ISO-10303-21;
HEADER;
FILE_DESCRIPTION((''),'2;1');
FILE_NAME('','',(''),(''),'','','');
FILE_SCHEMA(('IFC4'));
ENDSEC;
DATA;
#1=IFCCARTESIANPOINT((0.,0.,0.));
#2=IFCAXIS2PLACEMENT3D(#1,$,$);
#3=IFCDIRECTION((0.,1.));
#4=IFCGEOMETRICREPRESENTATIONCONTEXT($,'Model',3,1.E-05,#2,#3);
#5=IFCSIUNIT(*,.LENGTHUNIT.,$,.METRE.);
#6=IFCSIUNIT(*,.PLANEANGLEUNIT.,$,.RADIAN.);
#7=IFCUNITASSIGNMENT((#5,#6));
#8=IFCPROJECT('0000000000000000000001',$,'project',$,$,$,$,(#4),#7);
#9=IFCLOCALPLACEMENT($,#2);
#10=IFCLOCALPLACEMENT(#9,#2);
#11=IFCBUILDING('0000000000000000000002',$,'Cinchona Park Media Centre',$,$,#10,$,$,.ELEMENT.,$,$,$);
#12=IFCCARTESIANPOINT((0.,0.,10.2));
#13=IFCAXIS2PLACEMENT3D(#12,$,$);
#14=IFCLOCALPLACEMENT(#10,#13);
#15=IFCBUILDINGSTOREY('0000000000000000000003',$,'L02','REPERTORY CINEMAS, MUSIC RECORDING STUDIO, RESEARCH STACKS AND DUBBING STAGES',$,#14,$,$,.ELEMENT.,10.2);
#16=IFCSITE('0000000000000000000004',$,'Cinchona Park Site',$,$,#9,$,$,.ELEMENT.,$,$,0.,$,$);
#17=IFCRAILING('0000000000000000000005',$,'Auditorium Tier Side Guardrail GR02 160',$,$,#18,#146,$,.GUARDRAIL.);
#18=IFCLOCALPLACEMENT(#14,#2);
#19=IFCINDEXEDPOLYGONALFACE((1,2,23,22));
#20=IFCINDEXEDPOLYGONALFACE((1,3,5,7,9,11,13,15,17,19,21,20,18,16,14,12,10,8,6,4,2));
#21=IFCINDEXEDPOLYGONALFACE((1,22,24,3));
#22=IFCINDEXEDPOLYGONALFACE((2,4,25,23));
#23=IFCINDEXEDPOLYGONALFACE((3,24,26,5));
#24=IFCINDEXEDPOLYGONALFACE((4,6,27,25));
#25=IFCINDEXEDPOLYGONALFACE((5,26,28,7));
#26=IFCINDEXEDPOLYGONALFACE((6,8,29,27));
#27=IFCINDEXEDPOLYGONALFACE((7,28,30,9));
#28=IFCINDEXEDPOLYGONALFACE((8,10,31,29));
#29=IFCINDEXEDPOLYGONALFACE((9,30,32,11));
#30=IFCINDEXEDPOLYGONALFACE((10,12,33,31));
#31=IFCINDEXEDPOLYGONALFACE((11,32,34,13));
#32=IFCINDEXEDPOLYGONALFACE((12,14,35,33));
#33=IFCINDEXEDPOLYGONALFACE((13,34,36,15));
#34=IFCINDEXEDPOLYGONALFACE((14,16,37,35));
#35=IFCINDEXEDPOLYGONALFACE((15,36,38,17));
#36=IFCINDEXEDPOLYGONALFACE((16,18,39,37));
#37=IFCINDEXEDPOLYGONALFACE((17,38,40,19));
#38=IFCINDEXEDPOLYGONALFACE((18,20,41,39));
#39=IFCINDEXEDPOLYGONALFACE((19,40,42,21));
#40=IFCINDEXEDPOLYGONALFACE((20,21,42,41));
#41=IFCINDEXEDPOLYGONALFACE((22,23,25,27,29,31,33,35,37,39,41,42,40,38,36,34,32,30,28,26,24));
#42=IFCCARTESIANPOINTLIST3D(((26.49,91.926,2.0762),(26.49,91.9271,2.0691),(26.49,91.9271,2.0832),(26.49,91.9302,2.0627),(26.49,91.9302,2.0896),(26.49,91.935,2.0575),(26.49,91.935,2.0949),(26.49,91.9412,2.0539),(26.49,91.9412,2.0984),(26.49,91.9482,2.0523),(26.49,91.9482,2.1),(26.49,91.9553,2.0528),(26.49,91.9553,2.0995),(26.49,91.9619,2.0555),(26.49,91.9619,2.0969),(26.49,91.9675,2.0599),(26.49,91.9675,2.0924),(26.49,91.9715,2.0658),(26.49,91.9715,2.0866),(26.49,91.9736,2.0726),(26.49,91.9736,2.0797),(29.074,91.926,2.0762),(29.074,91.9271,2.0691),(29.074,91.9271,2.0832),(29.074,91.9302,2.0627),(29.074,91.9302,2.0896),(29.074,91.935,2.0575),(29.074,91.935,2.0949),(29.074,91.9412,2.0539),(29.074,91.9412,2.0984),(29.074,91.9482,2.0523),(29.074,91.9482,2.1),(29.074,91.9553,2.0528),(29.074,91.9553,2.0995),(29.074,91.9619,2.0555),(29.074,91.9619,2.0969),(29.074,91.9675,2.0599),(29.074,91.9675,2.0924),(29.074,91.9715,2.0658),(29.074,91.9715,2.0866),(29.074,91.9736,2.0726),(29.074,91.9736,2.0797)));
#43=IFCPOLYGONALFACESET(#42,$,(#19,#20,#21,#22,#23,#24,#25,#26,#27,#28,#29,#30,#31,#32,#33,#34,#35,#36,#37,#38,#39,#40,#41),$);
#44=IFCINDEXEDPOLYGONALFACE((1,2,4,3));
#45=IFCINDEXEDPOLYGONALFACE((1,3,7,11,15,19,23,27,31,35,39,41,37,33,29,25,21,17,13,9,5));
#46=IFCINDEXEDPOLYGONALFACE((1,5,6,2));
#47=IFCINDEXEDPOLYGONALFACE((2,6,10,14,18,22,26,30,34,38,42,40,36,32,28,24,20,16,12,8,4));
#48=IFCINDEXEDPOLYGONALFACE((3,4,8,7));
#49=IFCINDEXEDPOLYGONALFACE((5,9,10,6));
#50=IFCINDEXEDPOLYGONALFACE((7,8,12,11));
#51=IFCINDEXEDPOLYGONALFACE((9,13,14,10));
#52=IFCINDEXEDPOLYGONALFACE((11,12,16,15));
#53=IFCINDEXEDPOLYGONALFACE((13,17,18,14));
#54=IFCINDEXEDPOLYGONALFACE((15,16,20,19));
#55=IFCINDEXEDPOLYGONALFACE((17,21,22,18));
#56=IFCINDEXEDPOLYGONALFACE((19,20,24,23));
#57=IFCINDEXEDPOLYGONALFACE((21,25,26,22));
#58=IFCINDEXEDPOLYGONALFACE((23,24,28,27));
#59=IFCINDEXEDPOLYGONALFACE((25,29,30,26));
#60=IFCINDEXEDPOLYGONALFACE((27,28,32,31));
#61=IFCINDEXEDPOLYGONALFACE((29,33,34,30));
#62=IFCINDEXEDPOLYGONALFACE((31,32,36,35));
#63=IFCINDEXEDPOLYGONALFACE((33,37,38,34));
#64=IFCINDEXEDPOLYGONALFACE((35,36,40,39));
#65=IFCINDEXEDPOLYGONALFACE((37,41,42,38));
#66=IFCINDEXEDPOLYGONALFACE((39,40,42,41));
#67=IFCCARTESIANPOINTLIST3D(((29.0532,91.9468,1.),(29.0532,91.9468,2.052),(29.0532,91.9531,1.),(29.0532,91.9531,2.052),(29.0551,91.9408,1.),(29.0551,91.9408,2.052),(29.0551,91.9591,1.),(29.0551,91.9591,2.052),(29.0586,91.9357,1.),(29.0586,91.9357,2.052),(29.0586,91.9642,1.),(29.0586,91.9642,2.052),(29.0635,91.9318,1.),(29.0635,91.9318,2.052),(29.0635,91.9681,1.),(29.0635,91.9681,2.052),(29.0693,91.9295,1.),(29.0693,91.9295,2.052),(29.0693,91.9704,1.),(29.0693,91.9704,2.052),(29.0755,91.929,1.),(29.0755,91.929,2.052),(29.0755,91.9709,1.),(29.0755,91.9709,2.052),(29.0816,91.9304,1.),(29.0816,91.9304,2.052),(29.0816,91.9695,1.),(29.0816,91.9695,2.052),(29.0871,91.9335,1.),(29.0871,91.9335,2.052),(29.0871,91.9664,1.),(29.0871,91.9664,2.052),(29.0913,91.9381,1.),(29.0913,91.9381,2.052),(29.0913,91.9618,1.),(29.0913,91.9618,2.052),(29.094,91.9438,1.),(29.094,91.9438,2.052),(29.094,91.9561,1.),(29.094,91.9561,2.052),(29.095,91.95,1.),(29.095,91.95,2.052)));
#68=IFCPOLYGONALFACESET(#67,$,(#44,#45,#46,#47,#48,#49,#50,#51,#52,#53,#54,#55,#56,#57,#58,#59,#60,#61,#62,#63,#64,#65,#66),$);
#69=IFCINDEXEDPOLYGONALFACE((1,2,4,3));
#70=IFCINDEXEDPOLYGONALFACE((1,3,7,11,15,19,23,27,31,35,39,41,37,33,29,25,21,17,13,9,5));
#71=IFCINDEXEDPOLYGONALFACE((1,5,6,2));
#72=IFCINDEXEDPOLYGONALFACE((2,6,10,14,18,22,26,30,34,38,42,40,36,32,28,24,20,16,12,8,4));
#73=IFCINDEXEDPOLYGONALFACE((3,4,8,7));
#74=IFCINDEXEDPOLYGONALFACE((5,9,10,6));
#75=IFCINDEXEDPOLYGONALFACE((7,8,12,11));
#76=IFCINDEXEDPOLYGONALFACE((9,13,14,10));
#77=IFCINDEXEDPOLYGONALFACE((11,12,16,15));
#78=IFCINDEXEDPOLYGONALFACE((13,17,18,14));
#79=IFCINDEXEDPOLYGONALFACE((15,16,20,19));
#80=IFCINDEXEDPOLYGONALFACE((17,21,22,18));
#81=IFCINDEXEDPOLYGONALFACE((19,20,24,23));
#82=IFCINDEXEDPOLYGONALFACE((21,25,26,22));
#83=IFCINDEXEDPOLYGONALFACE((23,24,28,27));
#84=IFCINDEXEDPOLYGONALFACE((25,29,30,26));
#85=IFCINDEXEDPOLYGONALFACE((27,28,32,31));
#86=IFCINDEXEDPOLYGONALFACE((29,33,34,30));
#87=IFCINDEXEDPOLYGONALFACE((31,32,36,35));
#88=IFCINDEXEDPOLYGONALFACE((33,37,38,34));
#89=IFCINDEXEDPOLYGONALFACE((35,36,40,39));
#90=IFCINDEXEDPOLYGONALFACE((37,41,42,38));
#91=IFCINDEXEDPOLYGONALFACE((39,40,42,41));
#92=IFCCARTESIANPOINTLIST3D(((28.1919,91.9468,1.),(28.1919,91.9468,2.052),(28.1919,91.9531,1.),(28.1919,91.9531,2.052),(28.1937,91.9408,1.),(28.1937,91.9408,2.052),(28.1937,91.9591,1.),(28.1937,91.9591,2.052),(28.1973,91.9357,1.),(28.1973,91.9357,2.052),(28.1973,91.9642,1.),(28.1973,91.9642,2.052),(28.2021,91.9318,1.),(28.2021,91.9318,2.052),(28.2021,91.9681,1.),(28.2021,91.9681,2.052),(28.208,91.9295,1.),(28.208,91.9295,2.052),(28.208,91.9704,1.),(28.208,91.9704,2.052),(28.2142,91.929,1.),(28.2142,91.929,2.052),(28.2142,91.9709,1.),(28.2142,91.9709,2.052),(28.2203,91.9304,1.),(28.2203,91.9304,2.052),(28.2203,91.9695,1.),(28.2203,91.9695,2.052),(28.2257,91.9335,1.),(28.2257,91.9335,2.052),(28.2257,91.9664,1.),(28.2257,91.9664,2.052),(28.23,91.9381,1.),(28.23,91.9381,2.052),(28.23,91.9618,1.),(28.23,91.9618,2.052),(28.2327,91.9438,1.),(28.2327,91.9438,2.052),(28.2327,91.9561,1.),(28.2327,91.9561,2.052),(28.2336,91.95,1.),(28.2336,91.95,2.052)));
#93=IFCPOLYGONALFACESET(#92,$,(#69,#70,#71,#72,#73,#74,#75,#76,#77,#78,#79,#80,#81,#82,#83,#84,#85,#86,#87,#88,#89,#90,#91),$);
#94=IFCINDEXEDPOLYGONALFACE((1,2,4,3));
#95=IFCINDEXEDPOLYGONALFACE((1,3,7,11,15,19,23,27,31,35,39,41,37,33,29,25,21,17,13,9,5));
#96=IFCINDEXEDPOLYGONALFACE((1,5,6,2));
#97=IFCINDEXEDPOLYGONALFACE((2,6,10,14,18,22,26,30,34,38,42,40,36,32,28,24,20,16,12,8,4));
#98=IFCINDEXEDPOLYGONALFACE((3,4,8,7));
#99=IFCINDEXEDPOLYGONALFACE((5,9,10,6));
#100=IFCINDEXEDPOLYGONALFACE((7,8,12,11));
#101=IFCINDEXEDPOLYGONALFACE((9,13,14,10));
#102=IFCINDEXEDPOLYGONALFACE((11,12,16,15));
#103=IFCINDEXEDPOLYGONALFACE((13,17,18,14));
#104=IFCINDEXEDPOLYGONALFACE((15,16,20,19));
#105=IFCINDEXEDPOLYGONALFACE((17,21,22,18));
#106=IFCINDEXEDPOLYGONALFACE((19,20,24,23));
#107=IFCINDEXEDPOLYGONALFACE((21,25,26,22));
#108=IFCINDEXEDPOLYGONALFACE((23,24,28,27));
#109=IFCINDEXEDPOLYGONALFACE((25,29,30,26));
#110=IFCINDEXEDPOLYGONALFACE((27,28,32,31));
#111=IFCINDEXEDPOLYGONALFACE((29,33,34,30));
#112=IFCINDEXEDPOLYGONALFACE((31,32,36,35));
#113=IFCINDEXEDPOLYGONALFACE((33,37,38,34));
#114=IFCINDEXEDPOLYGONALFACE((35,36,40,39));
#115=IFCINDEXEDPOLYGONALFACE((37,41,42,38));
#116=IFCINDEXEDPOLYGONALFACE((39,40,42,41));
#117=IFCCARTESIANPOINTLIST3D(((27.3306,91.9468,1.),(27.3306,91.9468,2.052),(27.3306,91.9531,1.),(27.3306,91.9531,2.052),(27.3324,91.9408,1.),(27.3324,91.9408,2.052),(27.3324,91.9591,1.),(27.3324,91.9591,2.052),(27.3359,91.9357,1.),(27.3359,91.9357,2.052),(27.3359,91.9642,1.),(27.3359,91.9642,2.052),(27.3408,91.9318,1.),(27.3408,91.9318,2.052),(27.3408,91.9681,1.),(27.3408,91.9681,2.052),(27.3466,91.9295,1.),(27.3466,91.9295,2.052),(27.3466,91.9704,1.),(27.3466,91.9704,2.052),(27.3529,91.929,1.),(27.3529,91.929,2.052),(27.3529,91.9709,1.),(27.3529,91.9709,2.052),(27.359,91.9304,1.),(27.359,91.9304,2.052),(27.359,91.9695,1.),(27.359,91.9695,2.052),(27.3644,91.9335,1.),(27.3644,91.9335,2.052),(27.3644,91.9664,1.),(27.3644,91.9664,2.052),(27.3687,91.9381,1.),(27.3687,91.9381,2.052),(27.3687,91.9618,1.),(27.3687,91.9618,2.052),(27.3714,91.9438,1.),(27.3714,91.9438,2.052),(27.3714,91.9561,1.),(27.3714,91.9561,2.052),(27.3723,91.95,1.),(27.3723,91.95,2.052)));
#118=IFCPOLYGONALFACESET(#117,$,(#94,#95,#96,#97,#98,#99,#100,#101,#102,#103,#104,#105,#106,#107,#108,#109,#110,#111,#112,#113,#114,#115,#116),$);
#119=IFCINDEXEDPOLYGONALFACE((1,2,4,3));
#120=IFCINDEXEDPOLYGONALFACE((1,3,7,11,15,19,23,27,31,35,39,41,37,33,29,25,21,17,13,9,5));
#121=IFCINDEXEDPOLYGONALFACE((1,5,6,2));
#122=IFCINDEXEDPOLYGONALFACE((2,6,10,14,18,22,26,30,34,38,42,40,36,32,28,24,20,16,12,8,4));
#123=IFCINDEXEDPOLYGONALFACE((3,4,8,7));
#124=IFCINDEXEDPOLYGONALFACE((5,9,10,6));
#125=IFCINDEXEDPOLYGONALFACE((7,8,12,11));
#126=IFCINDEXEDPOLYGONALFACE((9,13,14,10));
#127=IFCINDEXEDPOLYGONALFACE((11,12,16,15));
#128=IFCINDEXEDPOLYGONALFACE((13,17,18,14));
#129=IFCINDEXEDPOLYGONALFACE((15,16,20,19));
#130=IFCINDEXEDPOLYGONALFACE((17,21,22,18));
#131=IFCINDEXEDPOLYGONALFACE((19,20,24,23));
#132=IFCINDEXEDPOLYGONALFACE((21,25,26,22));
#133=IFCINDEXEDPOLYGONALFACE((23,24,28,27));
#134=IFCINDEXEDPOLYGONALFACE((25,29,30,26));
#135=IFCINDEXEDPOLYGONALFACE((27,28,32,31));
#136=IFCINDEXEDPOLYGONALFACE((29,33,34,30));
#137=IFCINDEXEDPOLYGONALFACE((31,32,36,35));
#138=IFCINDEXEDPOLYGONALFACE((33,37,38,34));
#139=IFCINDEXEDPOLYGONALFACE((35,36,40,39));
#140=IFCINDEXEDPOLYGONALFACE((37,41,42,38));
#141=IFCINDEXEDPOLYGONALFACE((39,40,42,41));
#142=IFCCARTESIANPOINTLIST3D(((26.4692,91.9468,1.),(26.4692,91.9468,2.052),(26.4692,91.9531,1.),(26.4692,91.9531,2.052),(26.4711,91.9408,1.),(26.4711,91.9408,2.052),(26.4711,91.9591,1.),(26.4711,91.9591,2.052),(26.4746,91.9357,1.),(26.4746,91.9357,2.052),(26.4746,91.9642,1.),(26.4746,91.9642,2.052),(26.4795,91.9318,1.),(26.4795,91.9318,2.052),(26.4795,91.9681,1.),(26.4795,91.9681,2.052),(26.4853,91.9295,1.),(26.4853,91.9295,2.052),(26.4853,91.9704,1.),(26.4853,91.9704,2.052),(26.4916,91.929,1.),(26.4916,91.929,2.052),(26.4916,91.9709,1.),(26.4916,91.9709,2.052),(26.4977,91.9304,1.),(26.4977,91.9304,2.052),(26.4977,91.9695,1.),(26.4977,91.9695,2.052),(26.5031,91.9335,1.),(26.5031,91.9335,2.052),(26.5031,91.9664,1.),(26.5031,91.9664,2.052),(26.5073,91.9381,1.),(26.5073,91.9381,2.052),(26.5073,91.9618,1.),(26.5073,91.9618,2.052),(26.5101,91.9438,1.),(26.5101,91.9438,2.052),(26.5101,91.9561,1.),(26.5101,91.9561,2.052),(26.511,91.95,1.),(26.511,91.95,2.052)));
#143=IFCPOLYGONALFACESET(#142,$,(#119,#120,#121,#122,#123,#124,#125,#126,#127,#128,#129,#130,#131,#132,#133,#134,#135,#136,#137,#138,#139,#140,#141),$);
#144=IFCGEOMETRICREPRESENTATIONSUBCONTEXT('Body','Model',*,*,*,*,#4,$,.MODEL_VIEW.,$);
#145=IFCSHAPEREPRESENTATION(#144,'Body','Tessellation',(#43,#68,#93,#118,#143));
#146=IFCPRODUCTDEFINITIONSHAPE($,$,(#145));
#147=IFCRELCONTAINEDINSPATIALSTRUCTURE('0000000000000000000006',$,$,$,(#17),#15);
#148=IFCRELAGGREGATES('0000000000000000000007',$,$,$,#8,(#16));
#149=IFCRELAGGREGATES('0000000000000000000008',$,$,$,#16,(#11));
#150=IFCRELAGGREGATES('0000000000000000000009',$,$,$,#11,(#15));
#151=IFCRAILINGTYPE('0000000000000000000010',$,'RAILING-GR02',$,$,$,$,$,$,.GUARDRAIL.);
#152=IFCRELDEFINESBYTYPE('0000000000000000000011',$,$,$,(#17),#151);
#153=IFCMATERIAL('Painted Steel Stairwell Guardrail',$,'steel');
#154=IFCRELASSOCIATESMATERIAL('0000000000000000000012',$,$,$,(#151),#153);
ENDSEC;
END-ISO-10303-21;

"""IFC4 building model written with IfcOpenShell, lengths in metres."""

from ifc_helpers import new_model, si_unit, direction, frame, origin, origin_2d, place, context, subcontext, project, spatial, circle, extrude, material, type_object, element, save


model = new_model("IFC4")

# Units and contexts
model_context = context("Model", 3, precision=1e-05, world=origin(), true_north=direction((0.0, 1.0)))
body_context = subcontext(model_context, "Body", "Model", "MODEL_VIEW")
ifc_project = project(units=[si_unit("LENGTHUNIT", "METRE"), si_unit("PLANEANGLEUNIT", "RADIAN")], contexts=[model_context])

# Site, building, storey
site_placement = place(None, origin())
site = spatial("IfcSite", under=ifc_project, at=site_placement, Name="Cinchona Park Site", CompositionType="ELEMENT", RefElevation=0.0)
building_placement = place(site_placement, origin())
building = spatial("IfcBuilding", under=site, at=building_placement, Name="Cinchona Park Media Centre", CompositionType="ELEMENT")
storey_placement = place(building_placement, frame((0.0, 0.0, 10.2)))
storey = spatial("IfcBuildingStorey", under=building, at=storey_placement, Name="L02", Description="REPERTORY CINEMAS, MUSIC RECORDING STUDIO, RESEARCH STACKS AND DUBBING STAGES", CompositionType="ELEMENT", Elevation=10.2)

# Railing
ifc_material_1 = material(Name="Painted Steel Stairwell Guardrail", Category="steel")
railing_type_1 = type_object("IfcRailingType", Name="RAILING-GR02", PredefinedType="GUARDRAIL", material=ifc_material_1)
for number, where, name in (
    (1, (29.074, 91.95, 1.0), "Auditorium Tier Side Guardrail GR02 160"),
):
    element("IfcRailing", number, at=place(storey_placement, frame(where)), inside=storey, type_object=railing_type_1, Name=name, PredefinedType="GUARDRAIL", context=body_context, shape_type="SweptSolid", body=[
        extrude(circle(Radius=0.0239, at=origin_2d()), frame((0.0, 0.0, 1.0762), z_axis=(-1.0, 0.0, 0.0), x_axis=(0.0, -1.0, 0.0)), (0.0, 0.0, 1.0), 2.584),
        extrude(circle(Radius=0.021, at=origin_2d()), origin(), (0.0, 0.0, 1.0), 1.052),
        extrude(circle(Radius=0.021, at=origin_2d()), frame((-0.8613, 0.0, 0.0)), (0.0, 0.0, 1.0), 1.052),
        extrude(circle(Radius=0.021, at=origin_2d()), frame((-1.7227, 0.0, 0.0)), (0.0, 0.0, 1.0), 1.052),
        extrude(circle(Radius=0.021, at=origin_2d()), frame((-2.584, 0.0, 0.0)), (0.0, 0.0, 1.0), 1.052),
    ])

save(model, "model.ifc")
